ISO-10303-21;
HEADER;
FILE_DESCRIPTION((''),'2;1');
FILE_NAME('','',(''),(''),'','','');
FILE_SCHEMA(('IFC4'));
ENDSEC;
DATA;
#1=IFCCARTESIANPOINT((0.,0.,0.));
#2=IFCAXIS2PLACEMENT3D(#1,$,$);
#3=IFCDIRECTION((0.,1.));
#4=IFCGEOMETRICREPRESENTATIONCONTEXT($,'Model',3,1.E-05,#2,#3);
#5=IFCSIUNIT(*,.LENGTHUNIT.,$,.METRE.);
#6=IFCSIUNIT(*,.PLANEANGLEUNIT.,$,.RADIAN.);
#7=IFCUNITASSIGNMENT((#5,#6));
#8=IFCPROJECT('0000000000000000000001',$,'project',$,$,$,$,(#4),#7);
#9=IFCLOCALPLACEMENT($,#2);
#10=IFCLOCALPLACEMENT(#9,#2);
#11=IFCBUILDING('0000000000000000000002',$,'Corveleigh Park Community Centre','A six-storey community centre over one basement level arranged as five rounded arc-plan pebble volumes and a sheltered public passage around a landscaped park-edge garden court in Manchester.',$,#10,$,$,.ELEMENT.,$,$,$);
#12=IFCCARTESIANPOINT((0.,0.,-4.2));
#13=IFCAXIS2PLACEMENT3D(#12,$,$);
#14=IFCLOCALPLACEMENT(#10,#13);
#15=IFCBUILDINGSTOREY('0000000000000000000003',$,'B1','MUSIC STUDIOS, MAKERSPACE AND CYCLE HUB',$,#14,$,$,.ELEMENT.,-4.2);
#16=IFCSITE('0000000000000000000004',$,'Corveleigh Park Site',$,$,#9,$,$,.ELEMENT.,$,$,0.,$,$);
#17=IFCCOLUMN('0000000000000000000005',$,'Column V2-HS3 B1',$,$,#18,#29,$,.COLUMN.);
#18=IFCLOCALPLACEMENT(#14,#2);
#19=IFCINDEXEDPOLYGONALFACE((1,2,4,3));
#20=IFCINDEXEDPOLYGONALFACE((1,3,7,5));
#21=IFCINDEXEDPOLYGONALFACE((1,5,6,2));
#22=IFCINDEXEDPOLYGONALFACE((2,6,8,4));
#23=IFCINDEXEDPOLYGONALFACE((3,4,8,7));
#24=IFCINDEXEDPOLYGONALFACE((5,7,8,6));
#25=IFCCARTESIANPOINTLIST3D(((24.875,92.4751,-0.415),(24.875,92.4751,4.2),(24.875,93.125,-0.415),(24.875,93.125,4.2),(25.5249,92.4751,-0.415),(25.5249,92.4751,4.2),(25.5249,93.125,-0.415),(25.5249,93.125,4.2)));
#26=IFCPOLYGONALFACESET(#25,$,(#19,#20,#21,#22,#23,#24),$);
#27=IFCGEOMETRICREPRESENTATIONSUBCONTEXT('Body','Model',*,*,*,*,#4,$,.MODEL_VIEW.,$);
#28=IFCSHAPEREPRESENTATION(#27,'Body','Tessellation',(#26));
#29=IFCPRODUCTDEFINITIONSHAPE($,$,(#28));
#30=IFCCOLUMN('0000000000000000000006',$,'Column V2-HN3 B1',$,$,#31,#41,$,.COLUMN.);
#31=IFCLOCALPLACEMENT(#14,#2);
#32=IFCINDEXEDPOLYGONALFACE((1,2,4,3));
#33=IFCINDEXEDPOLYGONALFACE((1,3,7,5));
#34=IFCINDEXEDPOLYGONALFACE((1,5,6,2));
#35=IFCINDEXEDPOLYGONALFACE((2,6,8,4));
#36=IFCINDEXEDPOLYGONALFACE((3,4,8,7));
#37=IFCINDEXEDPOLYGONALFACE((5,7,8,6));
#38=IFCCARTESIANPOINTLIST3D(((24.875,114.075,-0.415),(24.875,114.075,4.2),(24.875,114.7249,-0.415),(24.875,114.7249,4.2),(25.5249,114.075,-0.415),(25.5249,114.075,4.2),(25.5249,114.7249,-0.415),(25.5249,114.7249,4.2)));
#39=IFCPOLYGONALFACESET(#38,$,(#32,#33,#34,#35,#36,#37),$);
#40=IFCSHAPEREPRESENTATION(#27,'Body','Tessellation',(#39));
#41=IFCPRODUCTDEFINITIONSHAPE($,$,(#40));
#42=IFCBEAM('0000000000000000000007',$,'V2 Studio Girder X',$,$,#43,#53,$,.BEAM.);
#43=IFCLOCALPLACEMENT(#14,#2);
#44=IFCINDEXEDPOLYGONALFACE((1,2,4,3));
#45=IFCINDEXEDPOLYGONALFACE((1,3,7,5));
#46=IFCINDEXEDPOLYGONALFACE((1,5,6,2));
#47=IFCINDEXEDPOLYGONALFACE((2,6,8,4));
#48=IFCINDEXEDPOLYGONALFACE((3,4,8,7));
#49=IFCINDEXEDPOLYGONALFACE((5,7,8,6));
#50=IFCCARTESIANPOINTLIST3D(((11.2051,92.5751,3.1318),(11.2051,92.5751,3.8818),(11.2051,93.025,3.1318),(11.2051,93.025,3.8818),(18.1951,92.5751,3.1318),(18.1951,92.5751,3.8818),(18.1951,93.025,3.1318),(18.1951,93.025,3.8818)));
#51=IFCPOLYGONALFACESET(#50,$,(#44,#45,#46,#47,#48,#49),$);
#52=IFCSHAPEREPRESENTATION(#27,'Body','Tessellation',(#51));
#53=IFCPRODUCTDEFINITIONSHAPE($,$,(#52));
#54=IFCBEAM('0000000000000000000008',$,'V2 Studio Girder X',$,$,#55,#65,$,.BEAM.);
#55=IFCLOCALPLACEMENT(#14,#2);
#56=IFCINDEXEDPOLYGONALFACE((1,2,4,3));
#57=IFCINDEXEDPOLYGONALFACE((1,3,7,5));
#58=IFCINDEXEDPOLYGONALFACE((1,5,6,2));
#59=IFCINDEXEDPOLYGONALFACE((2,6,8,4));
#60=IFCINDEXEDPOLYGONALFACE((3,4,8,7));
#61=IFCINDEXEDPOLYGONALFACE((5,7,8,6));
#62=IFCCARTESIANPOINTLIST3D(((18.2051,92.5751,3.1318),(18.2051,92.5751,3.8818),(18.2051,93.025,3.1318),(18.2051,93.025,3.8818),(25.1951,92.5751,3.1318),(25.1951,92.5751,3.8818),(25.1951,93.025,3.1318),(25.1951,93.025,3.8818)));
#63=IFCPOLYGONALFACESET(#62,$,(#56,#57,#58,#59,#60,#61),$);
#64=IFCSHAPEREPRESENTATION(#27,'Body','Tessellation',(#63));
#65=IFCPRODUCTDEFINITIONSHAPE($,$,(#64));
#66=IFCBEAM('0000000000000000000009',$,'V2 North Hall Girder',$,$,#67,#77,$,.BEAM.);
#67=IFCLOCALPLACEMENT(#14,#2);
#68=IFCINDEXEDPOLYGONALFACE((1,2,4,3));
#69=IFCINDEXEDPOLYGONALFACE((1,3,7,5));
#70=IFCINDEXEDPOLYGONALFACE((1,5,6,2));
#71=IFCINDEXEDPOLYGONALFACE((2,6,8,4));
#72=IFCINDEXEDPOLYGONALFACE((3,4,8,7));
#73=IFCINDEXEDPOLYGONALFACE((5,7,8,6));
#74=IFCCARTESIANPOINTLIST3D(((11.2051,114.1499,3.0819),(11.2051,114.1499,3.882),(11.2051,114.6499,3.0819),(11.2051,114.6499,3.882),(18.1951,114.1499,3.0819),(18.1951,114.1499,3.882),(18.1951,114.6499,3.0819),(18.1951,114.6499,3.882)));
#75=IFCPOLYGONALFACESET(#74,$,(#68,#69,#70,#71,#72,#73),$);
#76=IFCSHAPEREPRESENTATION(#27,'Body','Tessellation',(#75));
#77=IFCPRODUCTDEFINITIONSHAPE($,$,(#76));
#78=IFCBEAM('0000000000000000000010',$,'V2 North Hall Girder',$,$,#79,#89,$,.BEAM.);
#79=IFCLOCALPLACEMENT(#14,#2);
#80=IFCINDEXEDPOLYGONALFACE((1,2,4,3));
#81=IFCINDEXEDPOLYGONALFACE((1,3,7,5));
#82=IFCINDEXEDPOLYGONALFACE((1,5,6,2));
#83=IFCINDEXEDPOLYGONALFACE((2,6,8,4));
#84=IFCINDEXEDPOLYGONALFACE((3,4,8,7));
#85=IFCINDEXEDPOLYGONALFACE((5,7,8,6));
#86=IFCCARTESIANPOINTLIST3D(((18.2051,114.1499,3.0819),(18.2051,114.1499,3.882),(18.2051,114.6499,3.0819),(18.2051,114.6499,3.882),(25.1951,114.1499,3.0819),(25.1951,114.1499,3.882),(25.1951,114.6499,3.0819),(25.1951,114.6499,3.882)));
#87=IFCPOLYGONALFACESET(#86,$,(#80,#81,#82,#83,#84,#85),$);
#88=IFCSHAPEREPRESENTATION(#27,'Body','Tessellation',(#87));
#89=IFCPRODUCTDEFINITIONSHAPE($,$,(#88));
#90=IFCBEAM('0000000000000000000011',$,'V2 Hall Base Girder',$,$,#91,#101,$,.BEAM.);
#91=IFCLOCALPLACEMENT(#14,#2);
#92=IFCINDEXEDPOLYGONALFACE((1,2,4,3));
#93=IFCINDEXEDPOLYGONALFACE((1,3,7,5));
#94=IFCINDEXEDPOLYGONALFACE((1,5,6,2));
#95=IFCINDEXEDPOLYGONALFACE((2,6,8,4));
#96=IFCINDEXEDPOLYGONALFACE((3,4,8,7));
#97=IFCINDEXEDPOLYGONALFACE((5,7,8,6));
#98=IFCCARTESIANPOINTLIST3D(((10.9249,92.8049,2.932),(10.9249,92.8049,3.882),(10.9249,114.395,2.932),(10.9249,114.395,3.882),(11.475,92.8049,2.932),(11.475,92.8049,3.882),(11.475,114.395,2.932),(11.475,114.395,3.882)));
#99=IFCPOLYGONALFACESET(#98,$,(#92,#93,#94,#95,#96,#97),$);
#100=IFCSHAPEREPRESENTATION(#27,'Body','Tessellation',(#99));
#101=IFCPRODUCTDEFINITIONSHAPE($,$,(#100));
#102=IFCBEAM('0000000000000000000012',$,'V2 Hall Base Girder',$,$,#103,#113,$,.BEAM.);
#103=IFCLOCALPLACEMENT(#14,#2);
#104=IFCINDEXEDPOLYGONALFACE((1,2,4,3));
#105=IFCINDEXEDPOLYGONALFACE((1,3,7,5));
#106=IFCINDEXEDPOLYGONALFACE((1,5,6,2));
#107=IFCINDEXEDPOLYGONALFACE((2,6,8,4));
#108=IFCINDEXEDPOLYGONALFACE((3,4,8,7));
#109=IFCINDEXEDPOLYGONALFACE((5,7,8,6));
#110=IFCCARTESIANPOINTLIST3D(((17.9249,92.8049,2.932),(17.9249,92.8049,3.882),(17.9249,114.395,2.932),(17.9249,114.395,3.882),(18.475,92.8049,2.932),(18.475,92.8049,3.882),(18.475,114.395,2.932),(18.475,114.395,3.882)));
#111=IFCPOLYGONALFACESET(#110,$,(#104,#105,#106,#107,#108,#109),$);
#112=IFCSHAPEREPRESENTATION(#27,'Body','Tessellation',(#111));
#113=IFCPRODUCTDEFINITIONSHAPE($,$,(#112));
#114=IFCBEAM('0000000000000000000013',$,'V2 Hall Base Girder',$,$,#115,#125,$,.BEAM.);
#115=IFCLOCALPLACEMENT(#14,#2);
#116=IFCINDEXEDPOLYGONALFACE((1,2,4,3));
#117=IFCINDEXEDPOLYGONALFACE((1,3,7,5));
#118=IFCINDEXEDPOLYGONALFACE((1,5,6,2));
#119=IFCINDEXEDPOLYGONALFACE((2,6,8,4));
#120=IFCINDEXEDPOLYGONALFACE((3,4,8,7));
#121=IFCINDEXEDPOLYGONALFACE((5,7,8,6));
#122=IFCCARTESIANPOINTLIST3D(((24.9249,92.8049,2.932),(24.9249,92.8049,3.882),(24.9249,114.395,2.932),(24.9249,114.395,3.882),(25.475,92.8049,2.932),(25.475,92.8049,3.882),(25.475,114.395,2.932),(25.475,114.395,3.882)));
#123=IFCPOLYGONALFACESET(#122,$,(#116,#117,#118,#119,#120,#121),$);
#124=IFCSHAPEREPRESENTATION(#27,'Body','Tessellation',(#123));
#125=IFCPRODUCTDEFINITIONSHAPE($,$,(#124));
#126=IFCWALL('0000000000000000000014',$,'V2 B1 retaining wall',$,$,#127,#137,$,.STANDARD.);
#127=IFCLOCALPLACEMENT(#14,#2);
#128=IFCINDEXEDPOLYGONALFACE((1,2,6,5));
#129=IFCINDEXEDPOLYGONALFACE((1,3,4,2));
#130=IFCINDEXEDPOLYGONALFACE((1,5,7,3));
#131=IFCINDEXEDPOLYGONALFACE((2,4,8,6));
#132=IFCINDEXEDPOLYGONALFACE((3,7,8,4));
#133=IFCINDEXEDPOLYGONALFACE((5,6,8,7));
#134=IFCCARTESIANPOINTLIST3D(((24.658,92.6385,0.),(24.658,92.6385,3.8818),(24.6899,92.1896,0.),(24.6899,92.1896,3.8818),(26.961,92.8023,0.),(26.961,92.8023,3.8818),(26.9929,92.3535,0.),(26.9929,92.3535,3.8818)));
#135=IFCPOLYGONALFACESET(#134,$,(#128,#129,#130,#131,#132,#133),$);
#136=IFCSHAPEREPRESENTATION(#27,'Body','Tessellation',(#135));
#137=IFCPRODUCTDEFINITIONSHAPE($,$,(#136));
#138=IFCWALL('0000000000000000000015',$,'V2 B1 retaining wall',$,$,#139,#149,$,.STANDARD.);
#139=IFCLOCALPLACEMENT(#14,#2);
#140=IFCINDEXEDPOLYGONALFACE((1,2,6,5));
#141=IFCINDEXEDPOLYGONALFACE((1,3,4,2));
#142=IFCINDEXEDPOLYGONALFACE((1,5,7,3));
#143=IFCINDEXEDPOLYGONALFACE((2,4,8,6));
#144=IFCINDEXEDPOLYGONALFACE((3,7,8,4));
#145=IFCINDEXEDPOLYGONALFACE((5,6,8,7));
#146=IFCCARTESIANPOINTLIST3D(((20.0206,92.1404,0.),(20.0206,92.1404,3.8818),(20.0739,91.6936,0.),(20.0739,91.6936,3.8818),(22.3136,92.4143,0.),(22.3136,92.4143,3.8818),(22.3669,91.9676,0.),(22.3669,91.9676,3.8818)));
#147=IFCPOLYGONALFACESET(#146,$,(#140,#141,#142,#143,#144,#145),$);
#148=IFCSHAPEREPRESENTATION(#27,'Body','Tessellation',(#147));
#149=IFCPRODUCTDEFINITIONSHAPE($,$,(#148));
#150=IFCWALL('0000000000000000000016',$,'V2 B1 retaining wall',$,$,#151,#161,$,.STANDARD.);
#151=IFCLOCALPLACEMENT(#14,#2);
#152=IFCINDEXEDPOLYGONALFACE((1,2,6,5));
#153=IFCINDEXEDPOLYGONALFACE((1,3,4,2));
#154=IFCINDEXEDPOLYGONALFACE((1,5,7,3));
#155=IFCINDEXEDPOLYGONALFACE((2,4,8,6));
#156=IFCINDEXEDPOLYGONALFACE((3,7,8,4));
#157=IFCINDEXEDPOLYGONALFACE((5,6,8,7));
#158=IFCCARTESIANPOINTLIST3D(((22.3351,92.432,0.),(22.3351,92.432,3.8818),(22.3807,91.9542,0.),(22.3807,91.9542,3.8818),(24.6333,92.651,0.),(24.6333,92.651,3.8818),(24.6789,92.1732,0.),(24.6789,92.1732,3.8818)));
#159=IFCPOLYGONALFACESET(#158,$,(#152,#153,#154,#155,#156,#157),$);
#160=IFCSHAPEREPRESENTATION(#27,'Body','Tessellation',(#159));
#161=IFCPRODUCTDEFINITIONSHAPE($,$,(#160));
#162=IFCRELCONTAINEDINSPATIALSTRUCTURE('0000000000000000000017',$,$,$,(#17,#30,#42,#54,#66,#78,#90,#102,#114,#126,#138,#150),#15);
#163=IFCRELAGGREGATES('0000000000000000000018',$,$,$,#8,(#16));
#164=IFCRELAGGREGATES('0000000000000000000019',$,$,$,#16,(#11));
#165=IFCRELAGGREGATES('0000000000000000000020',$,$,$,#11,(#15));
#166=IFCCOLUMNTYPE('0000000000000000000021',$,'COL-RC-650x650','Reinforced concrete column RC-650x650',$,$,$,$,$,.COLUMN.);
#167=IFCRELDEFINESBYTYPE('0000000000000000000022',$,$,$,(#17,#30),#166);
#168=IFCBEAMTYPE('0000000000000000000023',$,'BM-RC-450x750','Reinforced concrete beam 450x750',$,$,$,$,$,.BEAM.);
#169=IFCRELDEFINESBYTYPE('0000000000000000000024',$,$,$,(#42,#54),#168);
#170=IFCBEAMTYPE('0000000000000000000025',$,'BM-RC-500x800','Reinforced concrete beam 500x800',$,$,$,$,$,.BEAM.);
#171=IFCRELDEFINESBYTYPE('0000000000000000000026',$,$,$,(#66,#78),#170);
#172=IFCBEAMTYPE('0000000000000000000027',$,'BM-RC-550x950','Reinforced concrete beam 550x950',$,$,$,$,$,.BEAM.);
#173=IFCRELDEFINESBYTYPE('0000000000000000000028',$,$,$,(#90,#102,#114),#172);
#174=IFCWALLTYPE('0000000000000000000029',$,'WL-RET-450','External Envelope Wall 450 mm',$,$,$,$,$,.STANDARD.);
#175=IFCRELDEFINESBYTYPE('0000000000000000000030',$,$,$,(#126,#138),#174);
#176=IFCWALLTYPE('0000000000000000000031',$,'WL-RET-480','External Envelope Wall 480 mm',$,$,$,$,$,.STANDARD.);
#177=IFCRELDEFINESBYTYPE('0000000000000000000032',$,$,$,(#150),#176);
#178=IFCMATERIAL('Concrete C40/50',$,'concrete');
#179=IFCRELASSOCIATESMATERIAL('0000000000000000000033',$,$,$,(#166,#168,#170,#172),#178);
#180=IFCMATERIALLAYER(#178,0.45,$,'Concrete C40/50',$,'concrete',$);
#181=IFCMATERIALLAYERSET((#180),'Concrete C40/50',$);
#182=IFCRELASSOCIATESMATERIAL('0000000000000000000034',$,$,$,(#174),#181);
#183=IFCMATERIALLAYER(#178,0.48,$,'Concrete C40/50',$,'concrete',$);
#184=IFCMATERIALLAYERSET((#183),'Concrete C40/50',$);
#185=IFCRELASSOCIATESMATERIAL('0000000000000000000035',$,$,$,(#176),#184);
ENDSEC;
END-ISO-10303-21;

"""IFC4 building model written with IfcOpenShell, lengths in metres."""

from ifc_helpers import new_model, si_unit, direction, frame, frame_2d, origin, origin_2d, place, context, subcontext, project, spatial, rectangle, extrude, material, layer, layer_set, material_profile, profile_set, type_object, element, save


model = new_model("IFC4")

# Units and contexts
model_context = context("Model", 3, precision=1e-05, world=origin(), true_north=direction((0.0, 1.0)))
body_context = subcontext(model_context, "Body", "Model", "MODEL_VIEW")
ifc_project = project(units=[si_unit("LENGTHUNIT", "METRE"), si_unit("PLANEANGLEUNIT", "RADIAN")], contexts=[model_context])

# Site, building, storey
site_placement = place(None, origin())
site = spatial("IfcSite", under=ifc_project, at=site_placement, Name="Corveleigh Park Site", CompositionType="ELEMENT", RefElevation=0.0)
building_placement = place(site_placement, origin())
building = spatial("IfcBuilding", under=site, at=building_placement, Name="Corveleigh Park Community Centre", Description="A six-storey community centre over one basement level arranged as five rounded arc-plan pebble volumes and a sheltered public passage around a landscaped park-edge garden court in Manchester.", CompositionType="ELEMENT")
storey_placement = place(building_placement, frame((0.0, 0.0, -4.2)))
storey = spatial("IfcBuildingStorey", under=building, at=storey_placement, Name="B1", Description="MUSIC STUDIOS, MAKERSPACE AND CYCLE HUB", CompositionType="ELEMENT", Elevation=-4.2)

# Shared definitions
ifc_material_1 = material(Name="Concrete C40/50", Category="concrete")

# Columns
ifc_material_profile_1 = material_profile(ifc_material_1, rectangle(XDim=0.6499, YDim=0.6499, at=origin_2d()), Name="RC-650x650", Category="concrete")
ifc_profile_set_1 = profile_set([ifc_material_profile_1], Name="Concrete C40/50")
column_type = type_object("IfcColumnType", Name="COL-RC-650x650", Description="Reinforced concrete column RC-650x650", PredefinedType="COLUMN", material=ifc_profile_set_1)
for number, where, z_axis, x_axis, name in (
    (1, (25.2, 92.8, -0.415), (0.0, 0.0, 1.0), (1.0, 0.0, 0.0), "Column V2-HS3 B1"),
    (2, (25.2, 114.3999, -0.415), (0.0, 0.0, 1.0), (1.0, 0.0, 0.0), "Column V2-HN3 B1"),
):
    element("IfcColumn", number, at=place(storey_placement, frame(where, z_axis=z_axis, x_axis=x_axis)), inside=storey, type_object=column_type, Name=name, PredefinedType="COLUMN", context=body_context, shape_type="SweptSolid", body=[
        extrude(rectangle(XDim=0.6499, YDim=0.6499, at=origin_2d()), origin(), (0.0, 0.0, 1.0), 4.615),
    ])

# Beams
ifc_material_profile_2 = material_profile(ifc_material_1, rectangle(XDim=0.45, YDim=0.75, at=origin_2d()), Name="RC-450x750", Category="concrete")
ifc_profile_set_2 = profile_set([ifc_material_profile_2], Name="Concrete C40/50")
beam_type_1 = type_object("IfcBeamType", Name="BM-RC-450x750", Description="Reinforced concrete beam 450x750", PredefinedType="BEAM", material=ifc_profile_set_2)
for number, where, z_axis, x_axis, name in (
    (3, (11.2051, 92.8, 3.5068), (1.0, 0.0, 0.0), (0.0, 1.0, 0.0), "V2 Studio Girder X"),
    (4, (18.2051, 92.8, 3.5068), (1.0, 0.0, 0.0), (0.0, 1.0, 0.0), "V2 Studio Girder X"),
):
    element("IfcBeam", number, at=place(storey_placement, frame(where, z_axis=z_axis, x_axis=x_axis)), inside=storey, type_object=beam_type_1, Name=name, PredefinedType="BEAM", context=body_context, shape_type="SweptSolid", body=[
        extrude(rectangle(XDim=0.45, YDim=0.75, at=origin_2d()), origin(), (0.0, 0.0, 1.0), 6.99),
    ])
ifc_material_profile_3 = material_profile(ifc_material_1, rectangle(XDim=0.5, YDim=0.8, at=origin_2d()), Name="RC-500x800", Category="concrete")
ifc_profile_set_3 = profile_set([ifc_material_profile_3], Name="Concrete C40/50")
beam_type_2 = type_object("IfcBeamType", Name="BM-RC-500x800", Description="Reinforced concrete beam 500x800", PredefinedType="BEAM", material=ifc_profile_set_3)
for number, where, z_axis, x_axis, name in (
    (5, (11.2051, 114.3999, 3.4819), (1.0, 0.0, 0.0), (0.0, 1.0, 0.0), "V2 North Hall Girder"),
    (6, (18.2051, 114.3999, 3.4819), (1.0, 0.0, 0.0), (0.0, 1.0, 0.0), "V2 North Hall Girder"),
):
    element("IfcBeam", number, at=place(storey_placement, frame(where, z_axis=z_axis, x_axis=x_axis)), inside=storey, type_object=beam_type_2, Name=name, PredefinedType="BEAM", context=body_context, shape_type="SweptSolid", body=[
        extrude(rectangle(XDim=0.5, YDim=0.8, at=origin_2d()), origin(), (0.0, 0.0, 1.0), 6.99),
    ])
ifc_material_profile_4 = material_profile(ifc_material_1, rectangle(XDim=0.55, YDim=0.95, at=origin_2d()), Name="RC-550x950", Category="concrete")
ifc_profile_set_4 = profile_set([ifc_material_profile_4], Name="Concrete C40/50")
beam_type_3 = type_object("IfcBeamType", Name="BM-RC-550x950", Description="Reinforced concrete beam 550x950", PredefinedType="BEAM", material=ifc_profile_set_4)
for number, where, z_axis, x_axis, name in (
    (7, (11.2, 92.8049, 3.407), (0.0, 1.0, 0.0), (-1.0, 0.0, 0.0), "V2 Hall Base Girder"),
    (8, (18.2, 92.8049, 3.407), (0.0, 1.0, 0.0), (-1.0, 0.0, 0.0), "V2 Hall Base Girder"),
    (9, (25.2, 92.8049, 3.407), (0.0, 1.0, 0.0), (-1.0, 0.0, 0.0), "V2 Hall Base Girder"),
):
    element("IfcBeam", number, at=place(storey_placement, frame(where, z_axis=z_axis, x_axis=x_axis)), inside=storey, type_object=beam_type_3, Name=name, PredefinedType="BEAM", context=body_context, shape_type="SweptSolid", body=[
        extrude(rectangle(XDim=0.55, YDim=0.95, at=origin_2d()), origin(), (0.0, 0.0, 1.0), 21.5901),
    ])

# Walls
ifc_layer_1 = layer(ifc_material_1, 0.45, Name="Concrete C40/50", Category="concrete")
ifc_layer_set_1 = layer_set([ifc_layer_1], Name="Concrete C40/50")
wall_type_1 = type_object("IfcWallType", Name="WL-RET-450", Description="External Envelope Wall 450 mm", PredefinedType="STANDARD", material=ifc_layer_set_1)
wall_1_placement = place(storey_placement, frame((24.6741, 92.4141, 0.0), z_axis=(0.0, 0.0, 1.0), x_axis=(0.99748, 0.070954, 0.0)))
element("IfcWall", 10, at=wall_1_placement, inside=storey, type_object=wall_type_1, Name="V2 B1 retaining wall", PredefinedType="STANDARD", context=body_context, shape_type="SweptSolid", body=[
    extrude(rectangle(XDim=2.3088, YDim=0.45, at=frame_2d((1.1543, 0.0))), origin(), (0.0, 0.0, 1.0), 3.8818),
])
wall_2_placement = place(storey_placement, frame((20.0471, 91.917, 0.0), z_axis=(0.0, 0.0, 1.0), x_axis=(0.99294, 0.11862, 0.0)))
element("IfcWall", 11, at=wall_2_placement, inside=storey, type_object=wall_type_1, Name="V2 B1 retaining wall", PredefinedType="STANDARD", context=body_context, shape_type="SweptSolid", body=[
    extrude(rectangle(XDim=2.3093, YDim=0.45, at=frame_2d((1.1548, 0.0))), origin(), (0.0, 0.0, 1.0), 3.8818),
])
ifc_layer_2 = layer(ifc_material_1, 0.48, Name="Concrete C40/50", Category="concrete")
ifc_layer_set_2 = layer_set([ifc_layer_2], Name="Concrete C40/50")
wall_type_2 = type_object("IfcWallType", Name="WL-RET-480", Description="External Envelope Wall 480 mm", PredefinedType="STANDARD", material=ifc_layer_set_2)
wall_3_placement = place(storey_placement, frame((22.3579, 92.1931, 0.0), z_axis=(0.0, 0.0, 1.0), x_axis=(0.99549, 0.094864, 0.0)))
element("IfcWall", 12, at=wall_3_placement, inside=storey, type_object=wall_type_2, Name="V2 B1 retaining wall", PredefinedType="STANDARD", context=body_context, shape_type="SweptSolid", body=[
    extrude(rectangle(XDim=2.3086, YDim=0.48, at=frame_2d((1.1543, 0.0))), origin(), (0.0, 0.0, 1.0), 3.8818),
])

save(model, "model.ifc")
